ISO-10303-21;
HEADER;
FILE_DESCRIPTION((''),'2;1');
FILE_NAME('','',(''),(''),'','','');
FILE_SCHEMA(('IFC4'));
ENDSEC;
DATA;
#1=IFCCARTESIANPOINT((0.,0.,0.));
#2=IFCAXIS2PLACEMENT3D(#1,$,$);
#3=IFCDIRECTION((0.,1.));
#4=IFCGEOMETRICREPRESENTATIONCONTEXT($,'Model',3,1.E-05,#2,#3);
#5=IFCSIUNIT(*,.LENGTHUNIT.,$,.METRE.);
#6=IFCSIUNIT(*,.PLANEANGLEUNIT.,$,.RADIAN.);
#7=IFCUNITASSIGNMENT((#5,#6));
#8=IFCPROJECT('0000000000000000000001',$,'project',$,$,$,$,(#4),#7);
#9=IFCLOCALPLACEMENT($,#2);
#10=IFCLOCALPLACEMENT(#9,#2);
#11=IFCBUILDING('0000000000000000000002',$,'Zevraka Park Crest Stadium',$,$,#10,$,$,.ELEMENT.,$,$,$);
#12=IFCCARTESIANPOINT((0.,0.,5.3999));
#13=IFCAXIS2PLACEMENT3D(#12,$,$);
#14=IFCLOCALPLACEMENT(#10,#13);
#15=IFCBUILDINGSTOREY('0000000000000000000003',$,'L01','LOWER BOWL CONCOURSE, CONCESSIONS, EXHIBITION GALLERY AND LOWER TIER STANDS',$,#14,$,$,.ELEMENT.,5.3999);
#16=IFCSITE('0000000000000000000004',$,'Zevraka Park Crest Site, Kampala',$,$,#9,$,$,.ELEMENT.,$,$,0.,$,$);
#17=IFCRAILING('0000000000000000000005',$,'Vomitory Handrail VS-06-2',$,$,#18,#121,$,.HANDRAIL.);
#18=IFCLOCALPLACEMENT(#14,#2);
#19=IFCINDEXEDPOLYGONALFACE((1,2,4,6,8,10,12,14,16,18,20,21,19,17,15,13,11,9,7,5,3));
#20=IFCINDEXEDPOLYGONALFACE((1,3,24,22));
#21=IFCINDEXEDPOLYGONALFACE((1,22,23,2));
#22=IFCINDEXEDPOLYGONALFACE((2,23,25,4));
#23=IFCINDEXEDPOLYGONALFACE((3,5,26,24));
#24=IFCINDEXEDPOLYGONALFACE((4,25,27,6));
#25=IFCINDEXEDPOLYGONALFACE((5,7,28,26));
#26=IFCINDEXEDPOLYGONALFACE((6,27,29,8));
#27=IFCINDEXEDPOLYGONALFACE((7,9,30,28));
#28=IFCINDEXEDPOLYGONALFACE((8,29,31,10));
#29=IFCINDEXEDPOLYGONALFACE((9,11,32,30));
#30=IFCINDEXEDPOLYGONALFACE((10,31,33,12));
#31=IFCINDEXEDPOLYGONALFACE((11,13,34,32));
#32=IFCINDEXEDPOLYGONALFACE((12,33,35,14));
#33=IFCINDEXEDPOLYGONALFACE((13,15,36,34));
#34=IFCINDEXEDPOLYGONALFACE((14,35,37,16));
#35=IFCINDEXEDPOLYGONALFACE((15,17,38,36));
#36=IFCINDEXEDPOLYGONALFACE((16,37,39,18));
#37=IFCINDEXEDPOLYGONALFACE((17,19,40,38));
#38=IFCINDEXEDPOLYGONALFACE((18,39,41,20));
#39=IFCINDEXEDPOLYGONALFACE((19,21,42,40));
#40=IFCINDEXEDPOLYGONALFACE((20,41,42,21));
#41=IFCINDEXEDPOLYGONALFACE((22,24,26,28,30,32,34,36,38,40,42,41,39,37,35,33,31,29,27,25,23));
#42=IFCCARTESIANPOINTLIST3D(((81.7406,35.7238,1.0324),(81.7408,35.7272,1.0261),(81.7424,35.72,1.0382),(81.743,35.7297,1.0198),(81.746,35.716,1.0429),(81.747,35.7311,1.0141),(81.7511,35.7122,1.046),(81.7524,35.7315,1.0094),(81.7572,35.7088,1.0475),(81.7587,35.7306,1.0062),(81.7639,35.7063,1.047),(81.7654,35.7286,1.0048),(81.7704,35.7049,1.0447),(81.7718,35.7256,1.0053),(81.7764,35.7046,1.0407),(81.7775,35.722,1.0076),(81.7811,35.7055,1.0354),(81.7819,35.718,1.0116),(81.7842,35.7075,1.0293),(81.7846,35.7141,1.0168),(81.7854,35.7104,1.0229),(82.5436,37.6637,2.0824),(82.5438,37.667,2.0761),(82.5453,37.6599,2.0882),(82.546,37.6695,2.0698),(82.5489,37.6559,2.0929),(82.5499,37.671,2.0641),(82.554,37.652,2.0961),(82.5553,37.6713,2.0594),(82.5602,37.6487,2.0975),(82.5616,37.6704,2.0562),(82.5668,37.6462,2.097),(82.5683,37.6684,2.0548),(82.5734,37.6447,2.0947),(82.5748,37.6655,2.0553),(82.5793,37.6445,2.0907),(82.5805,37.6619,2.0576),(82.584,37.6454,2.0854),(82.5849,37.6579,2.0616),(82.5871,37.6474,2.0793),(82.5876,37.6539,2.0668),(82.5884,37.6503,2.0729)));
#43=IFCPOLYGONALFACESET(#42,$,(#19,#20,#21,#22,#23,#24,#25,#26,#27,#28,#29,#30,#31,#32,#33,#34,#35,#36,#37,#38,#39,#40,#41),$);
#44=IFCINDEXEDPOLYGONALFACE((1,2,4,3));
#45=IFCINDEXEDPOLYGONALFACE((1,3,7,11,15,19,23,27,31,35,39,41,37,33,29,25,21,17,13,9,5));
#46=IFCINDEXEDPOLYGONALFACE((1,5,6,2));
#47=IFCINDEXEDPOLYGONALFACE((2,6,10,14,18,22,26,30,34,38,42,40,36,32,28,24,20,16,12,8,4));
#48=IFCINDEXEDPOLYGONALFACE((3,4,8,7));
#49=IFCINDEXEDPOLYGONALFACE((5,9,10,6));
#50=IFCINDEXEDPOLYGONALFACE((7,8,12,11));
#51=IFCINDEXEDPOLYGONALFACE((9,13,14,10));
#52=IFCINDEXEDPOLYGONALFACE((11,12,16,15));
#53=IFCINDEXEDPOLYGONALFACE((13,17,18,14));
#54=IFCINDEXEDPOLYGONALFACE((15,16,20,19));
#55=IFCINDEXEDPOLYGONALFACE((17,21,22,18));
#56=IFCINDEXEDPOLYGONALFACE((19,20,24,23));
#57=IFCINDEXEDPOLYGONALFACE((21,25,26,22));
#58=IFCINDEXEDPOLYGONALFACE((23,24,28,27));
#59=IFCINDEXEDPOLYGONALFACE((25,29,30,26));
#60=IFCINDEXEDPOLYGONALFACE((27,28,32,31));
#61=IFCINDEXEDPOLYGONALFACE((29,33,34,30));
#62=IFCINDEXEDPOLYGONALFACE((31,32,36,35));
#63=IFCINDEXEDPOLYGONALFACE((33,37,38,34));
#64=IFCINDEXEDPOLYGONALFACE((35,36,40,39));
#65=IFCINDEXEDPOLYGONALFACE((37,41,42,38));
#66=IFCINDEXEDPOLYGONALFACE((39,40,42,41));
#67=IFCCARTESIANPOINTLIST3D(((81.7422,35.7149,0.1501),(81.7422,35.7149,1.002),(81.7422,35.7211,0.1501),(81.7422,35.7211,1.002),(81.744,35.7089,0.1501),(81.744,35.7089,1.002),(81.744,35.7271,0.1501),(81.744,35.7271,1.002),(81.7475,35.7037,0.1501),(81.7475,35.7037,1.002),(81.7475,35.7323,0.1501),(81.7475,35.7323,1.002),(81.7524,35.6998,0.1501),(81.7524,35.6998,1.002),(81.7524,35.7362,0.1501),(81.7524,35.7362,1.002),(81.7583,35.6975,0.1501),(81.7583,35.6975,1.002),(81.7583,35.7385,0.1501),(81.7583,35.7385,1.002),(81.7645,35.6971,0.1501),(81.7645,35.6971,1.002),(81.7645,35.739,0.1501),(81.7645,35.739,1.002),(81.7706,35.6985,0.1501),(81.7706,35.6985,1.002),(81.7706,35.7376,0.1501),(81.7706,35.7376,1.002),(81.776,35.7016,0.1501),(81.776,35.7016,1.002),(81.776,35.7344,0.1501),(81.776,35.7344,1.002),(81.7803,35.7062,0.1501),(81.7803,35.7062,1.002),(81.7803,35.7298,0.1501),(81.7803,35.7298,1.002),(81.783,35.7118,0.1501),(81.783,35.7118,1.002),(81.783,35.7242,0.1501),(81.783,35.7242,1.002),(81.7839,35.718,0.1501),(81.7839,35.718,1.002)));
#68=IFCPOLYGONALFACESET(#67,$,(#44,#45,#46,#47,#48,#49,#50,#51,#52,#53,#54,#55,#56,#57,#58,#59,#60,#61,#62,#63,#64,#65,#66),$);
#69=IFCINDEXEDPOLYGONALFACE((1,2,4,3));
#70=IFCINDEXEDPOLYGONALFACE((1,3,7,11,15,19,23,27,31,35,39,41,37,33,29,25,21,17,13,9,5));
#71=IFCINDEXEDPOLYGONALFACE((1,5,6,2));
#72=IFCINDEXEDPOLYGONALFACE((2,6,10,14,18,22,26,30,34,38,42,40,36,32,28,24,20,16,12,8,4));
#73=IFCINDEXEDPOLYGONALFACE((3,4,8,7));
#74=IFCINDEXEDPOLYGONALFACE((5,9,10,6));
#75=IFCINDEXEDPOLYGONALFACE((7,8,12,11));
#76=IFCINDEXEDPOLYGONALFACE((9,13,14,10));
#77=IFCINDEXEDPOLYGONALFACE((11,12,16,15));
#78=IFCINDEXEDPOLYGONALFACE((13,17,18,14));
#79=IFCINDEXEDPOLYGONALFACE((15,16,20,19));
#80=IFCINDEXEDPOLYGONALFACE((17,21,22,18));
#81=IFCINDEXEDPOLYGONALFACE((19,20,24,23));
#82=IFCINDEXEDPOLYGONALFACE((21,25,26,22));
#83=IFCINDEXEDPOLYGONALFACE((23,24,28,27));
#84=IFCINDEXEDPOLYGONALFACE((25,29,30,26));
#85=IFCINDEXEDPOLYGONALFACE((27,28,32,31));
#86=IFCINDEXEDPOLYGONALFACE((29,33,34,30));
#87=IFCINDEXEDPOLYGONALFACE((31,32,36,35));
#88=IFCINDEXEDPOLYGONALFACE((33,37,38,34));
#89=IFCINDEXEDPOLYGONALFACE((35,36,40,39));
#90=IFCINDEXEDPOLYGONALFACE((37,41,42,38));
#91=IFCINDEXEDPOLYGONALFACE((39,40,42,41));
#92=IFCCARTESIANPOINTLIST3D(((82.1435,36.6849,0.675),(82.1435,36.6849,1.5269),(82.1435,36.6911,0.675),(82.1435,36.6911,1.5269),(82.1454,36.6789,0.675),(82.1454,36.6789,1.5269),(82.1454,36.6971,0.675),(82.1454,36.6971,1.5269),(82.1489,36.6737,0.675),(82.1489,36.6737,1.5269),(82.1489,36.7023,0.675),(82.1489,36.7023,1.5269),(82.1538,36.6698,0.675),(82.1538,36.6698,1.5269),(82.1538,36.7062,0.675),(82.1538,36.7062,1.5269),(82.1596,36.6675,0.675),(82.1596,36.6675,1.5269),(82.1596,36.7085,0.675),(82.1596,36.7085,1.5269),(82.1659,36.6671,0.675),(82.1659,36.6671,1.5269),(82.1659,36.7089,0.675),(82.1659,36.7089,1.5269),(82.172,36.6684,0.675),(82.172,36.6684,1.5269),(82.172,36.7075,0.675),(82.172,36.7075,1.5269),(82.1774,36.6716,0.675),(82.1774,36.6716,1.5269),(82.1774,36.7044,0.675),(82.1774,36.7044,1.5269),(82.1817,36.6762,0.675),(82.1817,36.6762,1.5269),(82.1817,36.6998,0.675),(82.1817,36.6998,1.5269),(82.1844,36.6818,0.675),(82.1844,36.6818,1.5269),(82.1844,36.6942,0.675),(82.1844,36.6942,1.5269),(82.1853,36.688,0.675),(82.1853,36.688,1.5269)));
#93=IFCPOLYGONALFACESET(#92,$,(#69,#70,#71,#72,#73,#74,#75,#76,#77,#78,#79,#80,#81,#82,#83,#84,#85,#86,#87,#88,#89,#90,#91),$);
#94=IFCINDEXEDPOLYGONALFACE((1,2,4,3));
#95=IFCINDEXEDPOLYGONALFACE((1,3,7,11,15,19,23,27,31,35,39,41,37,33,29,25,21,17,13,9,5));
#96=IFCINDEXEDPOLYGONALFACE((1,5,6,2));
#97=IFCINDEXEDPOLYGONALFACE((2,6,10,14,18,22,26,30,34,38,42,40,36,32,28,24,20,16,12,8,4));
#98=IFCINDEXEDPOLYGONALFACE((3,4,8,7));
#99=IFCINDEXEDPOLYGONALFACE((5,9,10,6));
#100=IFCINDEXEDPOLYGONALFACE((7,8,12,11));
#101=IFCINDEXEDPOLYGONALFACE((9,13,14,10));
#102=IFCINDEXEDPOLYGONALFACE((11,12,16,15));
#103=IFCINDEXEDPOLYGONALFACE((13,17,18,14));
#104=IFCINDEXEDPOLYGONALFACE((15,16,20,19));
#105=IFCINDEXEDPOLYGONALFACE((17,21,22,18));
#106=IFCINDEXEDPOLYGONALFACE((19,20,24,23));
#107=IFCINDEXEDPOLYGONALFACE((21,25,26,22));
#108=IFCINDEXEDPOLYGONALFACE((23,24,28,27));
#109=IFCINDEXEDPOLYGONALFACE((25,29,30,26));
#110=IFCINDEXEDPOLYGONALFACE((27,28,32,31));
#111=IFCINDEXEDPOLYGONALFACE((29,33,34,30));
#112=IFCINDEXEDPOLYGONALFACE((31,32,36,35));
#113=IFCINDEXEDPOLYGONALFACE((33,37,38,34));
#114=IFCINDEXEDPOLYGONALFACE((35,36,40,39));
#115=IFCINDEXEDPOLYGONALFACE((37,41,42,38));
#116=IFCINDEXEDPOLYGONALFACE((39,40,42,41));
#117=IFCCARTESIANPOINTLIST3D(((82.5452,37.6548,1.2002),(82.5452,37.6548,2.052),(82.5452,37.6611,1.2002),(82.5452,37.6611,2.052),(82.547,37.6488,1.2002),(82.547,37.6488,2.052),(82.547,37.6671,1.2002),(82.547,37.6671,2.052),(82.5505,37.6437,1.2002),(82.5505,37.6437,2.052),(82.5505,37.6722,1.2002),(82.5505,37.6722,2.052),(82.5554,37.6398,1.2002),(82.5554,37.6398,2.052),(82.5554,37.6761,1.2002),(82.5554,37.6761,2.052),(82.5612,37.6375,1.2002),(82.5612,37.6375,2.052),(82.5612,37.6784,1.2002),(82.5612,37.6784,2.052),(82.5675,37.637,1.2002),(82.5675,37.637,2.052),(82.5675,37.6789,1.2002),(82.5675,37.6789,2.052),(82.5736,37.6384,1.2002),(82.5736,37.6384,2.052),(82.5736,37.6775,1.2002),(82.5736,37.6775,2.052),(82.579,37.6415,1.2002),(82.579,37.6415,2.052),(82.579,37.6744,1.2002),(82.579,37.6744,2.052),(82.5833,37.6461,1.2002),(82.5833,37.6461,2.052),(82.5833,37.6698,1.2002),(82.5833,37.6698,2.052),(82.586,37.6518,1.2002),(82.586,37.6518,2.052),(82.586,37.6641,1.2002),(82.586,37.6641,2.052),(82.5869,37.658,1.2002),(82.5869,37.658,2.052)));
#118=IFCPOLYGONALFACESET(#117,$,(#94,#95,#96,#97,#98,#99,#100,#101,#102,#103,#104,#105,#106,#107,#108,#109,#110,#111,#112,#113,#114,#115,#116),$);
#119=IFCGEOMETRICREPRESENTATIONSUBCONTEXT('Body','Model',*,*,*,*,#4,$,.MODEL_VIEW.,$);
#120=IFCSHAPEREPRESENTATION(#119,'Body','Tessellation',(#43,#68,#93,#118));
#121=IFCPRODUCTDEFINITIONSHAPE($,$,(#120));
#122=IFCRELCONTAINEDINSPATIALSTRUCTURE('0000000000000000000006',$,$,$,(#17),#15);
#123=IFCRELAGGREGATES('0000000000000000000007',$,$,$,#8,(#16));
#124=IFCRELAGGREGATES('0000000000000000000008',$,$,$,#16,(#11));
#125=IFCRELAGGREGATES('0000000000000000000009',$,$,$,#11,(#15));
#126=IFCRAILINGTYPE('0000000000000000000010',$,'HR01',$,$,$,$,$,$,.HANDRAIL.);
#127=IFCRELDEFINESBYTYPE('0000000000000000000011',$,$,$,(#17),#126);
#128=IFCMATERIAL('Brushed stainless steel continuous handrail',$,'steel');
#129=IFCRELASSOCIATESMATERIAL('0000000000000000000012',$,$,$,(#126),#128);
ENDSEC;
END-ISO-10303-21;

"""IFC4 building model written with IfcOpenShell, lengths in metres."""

from ifc_helpers import new_model, si_unit, direction, frame, origin, origin_2d, place, context, subcontext, project, spatial, circle, extrude, material, type_object, element, save


model = new_model("IFC4")

# Units and contexts
model_context = context("Model", 3, precision=1e-05, world=origin(), true_north=direction((0.0, 1.0)))
body_context = subcontext(model_context, "Body", "Model", "MODEL_VIEW")
ifc_project = project(units=[si_unit("LENGTHUNIT", "METRE"), si_unit("PLANEANGLEUNIT", "RADIAN")], contexts=[model_context])

# Site, building, storey
site_placement = place(None, origin())
site = spatial("IfcSite", under=ifc_project, at=site_placement, Name="Zevraka Park Crest Site, Kampala", CompositionType="ELEMENT", RefElevation=0.0)
building_placement = place(site_placement, origin())
building = spatial("IfcBuilding", under=site, at=building_placement, Name="Zevraka Park Crest Stadium", CompositionType="ELEMENT")
storey_placement = place(building_placement, frame((0.0, 0.0, 5.3999)))
storey = spatial("IfcBuildingStorey", under=building, at=storey_placement, Name="L01", Description="LOWER BOWL CONCOURSE, CONCESSIONS, EXHIBITION GALLERY AND LOWER TIER STANDS", CompositionType="ELEMENT", Elevation=5.3999)

# Railing
ifc_material_1 = material(Name="Brushed stainless steel continuous handrail", Category="steel")
railing_type_1 = type_object("IfcRailingType", Name="HR01", PredefinedType="HANDRAIL", material=ifc_material_1)
railing_1_placement = place(storey_placement, frame((81.7629, 35.718, 0.1501)))
element("IfcRailing", 1, at=railing_1_placement, inside=storey, type_object=railing_type_1, Name="Vomitory Handrail VS-06-2", PredefinedType="HANDRAIL", context=body_context, shape_type="SweptSolid", body=[
    extrude(circle(Radius=0.0239, at=origin_2d()), frame((0.0, 0.0, 0.876), z_axis=(0.342057, 0.826387, 0.447305), x_axis=(-0.923976, 0.382451, 0.0)), (0.0, 0.0, 1.0), 2.3474),
    extrude(circle(Radius=0.021, at=origin_2d()), origin(), (0.0, 0.0, 1.0), 0.8518),
    extrude(circle(Radius=0.021, at=origin_2d()), frame((0.4014, 0.97, 0.5249)), (0.0, 0.0, 1.0), 0.8518),
    extrude(circle(Radius=0.021, at=origin_2d()), frame((0.803, 1.9399, 1.05)), (0.0, 0.0, 1.0), 0.8518),
])

save(model, "model.ifc")
